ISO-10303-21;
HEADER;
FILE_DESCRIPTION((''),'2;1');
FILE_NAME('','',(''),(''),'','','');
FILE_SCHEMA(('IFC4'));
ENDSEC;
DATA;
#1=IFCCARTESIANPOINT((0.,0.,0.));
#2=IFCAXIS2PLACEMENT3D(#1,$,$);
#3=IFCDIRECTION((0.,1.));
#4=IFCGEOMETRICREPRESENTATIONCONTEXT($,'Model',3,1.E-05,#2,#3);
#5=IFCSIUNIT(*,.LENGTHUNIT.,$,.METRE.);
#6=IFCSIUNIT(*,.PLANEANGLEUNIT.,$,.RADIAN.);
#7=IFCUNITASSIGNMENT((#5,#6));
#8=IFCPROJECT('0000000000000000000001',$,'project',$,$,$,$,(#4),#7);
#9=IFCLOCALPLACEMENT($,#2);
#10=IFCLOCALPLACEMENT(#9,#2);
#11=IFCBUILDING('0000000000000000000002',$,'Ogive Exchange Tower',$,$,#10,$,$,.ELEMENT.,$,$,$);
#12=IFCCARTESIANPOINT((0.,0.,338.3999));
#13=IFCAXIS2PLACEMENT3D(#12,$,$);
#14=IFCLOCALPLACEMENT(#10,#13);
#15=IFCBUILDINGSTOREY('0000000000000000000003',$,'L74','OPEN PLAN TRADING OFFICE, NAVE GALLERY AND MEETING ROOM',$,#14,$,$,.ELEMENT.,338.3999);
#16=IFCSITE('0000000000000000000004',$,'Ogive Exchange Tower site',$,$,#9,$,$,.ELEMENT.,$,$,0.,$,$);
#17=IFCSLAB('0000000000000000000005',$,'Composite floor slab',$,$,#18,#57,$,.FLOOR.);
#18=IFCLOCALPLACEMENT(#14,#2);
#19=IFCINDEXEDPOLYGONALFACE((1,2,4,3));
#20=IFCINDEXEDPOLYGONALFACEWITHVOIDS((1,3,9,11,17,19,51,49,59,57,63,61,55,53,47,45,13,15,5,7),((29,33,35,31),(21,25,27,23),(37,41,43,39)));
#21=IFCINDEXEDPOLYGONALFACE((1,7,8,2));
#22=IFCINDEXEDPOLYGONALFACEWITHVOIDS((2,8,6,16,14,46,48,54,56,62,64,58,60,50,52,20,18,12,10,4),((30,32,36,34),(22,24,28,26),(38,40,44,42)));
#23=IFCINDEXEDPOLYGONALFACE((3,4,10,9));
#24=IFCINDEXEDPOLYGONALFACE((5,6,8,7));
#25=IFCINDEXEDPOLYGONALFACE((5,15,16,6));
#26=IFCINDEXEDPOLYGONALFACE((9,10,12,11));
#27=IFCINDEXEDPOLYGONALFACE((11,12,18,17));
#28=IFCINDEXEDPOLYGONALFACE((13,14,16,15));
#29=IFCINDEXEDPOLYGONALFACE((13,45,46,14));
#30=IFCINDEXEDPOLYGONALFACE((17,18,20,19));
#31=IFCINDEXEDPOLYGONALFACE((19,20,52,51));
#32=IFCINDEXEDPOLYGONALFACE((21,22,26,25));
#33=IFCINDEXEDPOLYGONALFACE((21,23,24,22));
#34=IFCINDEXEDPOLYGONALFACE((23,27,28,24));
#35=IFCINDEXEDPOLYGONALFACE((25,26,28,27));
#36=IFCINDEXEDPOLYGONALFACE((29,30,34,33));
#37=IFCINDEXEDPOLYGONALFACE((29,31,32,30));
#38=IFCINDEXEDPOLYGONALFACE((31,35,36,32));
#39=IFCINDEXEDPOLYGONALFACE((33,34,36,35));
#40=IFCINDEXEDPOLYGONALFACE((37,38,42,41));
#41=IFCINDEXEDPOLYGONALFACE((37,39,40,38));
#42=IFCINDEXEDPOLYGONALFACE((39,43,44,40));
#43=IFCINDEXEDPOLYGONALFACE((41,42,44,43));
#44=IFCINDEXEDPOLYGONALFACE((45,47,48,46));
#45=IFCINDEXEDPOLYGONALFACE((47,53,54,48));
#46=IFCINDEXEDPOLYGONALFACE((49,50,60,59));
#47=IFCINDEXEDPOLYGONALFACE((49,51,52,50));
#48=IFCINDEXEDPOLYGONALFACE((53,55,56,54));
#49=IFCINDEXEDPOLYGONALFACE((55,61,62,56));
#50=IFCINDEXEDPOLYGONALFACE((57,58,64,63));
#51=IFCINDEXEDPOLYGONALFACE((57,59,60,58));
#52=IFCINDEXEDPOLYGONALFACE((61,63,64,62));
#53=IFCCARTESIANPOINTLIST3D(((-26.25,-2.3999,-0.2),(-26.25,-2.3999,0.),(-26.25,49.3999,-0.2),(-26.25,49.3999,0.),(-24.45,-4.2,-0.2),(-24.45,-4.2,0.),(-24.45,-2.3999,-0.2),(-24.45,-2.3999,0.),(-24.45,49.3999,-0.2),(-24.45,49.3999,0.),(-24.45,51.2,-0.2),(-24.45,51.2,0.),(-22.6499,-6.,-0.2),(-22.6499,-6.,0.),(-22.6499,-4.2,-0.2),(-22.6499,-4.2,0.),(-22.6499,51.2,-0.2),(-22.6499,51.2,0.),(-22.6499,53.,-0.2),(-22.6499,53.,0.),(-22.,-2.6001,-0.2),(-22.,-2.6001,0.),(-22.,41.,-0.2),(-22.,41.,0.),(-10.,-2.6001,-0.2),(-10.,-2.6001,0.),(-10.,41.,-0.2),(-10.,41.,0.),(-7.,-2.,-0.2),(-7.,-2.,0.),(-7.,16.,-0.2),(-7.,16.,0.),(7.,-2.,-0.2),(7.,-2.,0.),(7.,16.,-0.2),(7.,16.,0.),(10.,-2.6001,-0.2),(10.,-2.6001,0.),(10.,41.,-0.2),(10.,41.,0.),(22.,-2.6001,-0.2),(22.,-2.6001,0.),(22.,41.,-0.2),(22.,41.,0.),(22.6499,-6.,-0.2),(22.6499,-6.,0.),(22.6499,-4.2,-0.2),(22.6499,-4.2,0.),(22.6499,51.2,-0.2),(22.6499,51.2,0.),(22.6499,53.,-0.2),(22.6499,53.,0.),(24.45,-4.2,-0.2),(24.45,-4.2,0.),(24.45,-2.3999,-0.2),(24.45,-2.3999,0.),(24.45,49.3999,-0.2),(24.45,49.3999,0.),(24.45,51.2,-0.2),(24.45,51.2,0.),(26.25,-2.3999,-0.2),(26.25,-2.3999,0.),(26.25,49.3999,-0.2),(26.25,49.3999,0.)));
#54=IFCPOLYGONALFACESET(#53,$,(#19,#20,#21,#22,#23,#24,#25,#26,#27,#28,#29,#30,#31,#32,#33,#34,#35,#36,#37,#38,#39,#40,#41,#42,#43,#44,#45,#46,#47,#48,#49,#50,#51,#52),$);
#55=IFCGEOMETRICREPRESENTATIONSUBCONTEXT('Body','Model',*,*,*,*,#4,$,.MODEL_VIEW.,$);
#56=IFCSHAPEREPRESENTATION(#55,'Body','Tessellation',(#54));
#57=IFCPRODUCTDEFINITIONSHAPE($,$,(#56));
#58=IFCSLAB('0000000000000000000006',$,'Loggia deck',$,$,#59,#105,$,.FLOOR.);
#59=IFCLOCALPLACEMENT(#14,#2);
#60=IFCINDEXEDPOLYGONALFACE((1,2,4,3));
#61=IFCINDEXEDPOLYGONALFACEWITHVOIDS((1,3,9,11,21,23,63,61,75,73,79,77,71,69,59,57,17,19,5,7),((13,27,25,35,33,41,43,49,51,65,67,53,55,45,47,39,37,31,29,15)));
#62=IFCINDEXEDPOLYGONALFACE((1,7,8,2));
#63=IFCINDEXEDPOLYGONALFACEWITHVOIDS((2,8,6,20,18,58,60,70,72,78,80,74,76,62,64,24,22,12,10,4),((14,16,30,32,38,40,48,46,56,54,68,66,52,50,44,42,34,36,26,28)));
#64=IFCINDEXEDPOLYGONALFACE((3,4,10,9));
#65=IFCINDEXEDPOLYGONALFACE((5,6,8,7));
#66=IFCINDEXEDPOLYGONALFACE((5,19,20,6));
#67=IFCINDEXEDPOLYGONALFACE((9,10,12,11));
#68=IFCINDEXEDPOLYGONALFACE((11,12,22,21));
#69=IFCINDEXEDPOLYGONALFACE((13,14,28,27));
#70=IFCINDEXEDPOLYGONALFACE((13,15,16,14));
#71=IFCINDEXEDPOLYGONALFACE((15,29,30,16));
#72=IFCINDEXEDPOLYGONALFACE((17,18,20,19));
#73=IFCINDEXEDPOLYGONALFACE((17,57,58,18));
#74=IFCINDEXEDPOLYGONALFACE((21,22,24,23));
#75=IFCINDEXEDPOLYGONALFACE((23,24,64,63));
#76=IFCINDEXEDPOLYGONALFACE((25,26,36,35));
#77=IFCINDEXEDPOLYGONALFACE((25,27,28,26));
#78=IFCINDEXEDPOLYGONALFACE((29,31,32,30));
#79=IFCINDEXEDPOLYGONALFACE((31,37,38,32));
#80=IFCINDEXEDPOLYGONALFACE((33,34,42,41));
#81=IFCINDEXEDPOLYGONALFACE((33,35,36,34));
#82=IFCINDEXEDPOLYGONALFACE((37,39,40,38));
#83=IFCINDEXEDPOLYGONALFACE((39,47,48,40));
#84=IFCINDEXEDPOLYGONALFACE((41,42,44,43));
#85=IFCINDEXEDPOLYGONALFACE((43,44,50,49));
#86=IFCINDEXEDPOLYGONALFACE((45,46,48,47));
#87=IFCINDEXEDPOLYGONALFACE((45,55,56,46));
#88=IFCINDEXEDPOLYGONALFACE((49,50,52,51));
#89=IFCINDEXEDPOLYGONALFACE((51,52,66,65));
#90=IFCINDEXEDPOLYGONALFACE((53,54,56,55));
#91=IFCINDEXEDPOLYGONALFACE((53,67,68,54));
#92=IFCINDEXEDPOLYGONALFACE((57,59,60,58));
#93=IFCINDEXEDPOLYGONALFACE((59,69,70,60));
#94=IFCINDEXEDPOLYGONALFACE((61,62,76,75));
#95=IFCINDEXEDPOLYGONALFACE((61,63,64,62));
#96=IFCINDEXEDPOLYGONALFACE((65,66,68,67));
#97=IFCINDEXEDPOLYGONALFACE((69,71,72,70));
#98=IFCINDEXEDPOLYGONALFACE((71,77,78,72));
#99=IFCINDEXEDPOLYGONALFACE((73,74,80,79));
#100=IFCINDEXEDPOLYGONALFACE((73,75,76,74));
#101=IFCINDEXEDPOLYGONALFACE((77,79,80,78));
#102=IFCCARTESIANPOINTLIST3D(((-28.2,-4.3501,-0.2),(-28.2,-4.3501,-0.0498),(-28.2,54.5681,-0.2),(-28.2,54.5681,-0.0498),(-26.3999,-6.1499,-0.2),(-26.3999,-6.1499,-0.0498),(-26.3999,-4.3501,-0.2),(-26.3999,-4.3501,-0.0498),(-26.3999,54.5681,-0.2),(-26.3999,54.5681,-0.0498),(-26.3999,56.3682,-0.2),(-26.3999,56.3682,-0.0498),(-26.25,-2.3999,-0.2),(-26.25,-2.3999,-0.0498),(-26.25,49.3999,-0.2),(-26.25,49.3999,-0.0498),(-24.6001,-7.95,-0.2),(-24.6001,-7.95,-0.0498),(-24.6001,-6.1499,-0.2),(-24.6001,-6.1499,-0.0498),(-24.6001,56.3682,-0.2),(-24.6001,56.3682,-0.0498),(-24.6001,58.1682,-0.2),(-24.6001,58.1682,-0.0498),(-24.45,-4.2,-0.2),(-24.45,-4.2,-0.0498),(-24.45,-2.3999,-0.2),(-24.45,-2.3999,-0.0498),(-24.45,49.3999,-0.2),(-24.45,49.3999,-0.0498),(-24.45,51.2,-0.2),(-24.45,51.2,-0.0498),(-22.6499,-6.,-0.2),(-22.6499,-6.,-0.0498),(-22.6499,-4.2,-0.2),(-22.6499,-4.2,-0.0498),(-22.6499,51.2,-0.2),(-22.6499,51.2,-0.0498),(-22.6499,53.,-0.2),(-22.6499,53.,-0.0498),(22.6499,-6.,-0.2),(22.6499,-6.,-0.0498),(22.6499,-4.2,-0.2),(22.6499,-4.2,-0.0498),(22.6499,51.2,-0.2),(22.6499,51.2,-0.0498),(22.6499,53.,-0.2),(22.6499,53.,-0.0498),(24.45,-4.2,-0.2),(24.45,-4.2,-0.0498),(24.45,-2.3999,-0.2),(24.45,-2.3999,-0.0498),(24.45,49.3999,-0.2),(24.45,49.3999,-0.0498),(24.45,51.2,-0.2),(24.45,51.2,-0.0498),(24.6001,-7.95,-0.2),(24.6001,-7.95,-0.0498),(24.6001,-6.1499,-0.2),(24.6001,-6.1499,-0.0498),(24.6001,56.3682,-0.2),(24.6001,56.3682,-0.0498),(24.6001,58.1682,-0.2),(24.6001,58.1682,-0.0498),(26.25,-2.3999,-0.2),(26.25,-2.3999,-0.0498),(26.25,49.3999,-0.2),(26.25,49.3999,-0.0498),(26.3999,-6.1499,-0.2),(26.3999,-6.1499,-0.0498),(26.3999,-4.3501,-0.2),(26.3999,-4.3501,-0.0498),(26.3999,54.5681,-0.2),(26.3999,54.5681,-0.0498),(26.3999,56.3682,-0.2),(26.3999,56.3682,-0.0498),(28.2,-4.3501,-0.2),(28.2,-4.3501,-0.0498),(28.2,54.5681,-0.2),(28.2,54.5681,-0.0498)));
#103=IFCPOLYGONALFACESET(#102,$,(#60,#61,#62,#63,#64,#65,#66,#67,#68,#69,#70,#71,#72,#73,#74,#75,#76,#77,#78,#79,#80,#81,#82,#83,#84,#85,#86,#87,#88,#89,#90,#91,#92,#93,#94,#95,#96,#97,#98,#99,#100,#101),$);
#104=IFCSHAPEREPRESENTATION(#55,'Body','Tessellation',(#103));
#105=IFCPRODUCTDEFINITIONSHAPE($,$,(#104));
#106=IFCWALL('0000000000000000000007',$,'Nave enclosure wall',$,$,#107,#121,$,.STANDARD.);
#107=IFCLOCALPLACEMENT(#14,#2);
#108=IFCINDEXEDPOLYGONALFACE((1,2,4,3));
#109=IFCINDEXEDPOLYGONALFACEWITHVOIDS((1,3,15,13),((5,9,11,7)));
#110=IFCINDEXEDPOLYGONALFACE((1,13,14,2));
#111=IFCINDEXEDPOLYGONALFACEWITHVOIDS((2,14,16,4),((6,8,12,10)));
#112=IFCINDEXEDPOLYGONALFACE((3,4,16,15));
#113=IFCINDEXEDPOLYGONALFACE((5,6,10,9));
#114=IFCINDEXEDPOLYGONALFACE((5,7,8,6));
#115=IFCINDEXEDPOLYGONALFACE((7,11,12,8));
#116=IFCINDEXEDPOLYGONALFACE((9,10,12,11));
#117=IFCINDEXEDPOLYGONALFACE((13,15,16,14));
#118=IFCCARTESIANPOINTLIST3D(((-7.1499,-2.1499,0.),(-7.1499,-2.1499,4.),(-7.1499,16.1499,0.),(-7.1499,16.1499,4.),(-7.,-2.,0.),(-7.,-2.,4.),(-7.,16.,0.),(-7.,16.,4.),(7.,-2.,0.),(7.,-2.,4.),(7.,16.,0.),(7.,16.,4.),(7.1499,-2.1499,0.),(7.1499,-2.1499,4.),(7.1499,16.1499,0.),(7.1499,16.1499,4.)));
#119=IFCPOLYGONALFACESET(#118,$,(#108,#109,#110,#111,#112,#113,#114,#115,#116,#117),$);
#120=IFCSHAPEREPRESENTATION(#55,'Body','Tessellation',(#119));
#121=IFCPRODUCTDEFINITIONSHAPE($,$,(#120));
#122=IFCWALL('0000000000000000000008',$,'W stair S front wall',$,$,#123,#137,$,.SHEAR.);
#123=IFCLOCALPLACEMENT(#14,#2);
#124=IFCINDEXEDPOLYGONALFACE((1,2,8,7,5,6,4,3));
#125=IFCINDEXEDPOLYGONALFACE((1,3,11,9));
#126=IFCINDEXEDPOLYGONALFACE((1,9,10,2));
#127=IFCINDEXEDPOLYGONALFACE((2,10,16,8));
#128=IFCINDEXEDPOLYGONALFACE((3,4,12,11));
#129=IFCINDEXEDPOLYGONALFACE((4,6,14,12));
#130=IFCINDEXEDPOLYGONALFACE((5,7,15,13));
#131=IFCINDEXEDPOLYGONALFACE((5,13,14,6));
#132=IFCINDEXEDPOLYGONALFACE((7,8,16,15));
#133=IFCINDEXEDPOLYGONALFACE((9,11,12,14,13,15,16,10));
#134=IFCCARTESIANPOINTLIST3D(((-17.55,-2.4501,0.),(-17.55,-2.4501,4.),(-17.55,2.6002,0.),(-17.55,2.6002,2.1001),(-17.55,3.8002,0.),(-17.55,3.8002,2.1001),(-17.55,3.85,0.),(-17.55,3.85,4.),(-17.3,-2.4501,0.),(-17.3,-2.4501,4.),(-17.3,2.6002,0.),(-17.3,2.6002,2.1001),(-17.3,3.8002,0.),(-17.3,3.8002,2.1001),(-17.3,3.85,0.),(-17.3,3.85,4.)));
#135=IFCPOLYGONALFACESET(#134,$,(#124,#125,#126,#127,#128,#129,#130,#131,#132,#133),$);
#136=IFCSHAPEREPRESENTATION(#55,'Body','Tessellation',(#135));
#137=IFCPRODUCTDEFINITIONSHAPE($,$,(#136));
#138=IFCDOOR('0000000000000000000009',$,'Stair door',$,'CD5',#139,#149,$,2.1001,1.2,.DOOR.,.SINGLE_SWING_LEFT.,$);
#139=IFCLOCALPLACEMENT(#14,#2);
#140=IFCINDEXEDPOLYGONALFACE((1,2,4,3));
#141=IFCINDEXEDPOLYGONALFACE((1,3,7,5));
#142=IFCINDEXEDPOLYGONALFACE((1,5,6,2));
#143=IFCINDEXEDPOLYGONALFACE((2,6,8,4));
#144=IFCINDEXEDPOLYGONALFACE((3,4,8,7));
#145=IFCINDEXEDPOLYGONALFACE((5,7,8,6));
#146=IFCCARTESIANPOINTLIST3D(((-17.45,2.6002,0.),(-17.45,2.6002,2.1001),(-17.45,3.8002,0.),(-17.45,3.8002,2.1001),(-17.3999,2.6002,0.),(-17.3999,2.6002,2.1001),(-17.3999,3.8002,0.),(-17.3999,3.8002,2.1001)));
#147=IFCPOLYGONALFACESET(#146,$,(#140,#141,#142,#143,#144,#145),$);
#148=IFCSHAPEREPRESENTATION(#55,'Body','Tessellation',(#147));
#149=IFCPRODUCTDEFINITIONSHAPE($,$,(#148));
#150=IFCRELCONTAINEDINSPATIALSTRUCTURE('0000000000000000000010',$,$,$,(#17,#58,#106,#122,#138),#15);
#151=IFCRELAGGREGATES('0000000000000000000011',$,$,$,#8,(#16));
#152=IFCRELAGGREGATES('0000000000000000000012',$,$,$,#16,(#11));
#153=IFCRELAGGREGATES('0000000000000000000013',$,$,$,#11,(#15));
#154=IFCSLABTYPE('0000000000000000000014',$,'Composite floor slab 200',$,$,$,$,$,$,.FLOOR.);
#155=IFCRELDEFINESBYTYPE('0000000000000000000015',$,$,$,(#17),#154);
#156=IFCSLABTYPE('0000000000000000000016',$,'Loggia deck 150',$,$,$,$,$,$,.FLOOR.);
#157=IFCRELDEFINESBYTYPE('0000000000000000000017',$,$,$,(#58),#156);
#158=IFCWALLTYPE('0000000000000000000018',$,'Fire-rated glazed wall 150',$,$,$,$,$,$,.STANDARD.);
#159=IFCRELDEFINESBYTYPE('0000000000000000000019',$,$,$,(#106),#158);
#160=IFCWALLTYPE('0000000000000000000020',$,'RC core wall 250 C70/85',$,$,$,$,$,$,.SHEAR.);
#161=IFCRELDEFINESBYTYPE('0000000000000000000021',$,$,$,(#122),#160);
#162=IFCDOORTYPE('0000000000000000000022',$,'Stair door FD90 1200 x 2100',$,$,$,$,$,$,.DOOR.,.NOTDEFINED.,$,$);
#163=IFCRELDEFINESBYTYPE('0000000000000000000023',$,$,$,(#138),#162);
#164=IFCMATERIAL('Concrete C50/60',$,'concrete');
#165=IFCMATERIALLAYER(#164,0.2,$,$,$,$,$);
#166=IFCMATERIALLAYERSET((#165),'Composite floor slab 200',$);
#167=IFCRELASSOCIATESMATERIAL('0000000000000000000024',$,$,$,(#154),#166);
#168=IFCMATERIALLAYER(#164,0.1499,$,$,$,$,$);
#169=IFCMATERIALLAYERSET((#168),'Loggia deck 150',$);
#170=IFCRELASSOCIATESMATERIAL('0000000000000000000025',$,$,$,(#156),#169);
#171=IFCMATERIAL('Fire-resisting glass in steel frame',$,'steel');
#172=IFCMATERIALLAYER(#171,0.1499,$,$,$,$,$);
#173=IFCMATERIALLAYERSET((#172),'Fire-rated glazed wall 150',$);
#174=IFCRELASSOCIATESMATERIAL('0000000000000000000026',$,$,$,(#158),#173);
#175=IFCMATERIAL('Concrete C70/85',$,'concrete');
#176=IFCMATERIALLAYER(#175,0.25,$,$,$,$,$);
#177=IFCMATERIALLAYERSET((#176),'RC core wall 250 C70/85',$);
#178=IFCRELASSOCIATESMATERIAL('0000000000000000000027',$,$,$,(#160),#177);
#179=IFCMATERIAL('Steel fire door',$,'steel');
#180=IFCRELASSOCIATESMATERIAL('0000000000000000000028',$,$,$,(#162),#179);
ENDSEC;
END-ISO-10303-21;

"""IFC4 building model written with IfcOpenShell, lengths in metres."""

from ifc_helpers import new_model, si_unit, direction, frame, frame_2d, origin, place, context, subcontext, project, spatial, polyline, rectangle, outline, extrude, material, layer, layer_set, type_object, element, fill, save


model = new_model("IFC4")

# Units and contexts
model_context = context("Model", 3, precision=1e-05, world=origin(), true_north=direction((0.0, 1.0)))
body_context = subcontext(model_context, "Body", "Model", "MODEL_VIEW")
ifc_project = project(units=[si_unit("LENGTHUNIT", "METRE"), si_unit("PLANEANGLEUNIT", "RADIAN")], contexts=[model_context])

# Site, building, storey
site_placement = place(None, origin())
site = spatial("IfcSite", under=ifc_project, at=site_placement, Name="Ogive Exchange Tower site", CompositionType="ELEMENT", RefElevation=0.0)
building_placement = place(site_placement, origin())
building = spatial("IfcBuilding", under=site, at=building_placement, Name="Ogive Exchange Tower", CompositionType="ELEMENT")
storey_placement = place(building_placement, frame((0.0, 0.0, 338.3999)))
storey = spatial("IfcBuildingStorey", under=building, at=storey_placement, Name="L74", Description="OPEN PLAN TRADING OFFICE, NAVE GALLERY AND MEETING ROOM", CompositionType="ELEMENT", Elevation=338.3999)

# Slabs
ifc_material_1 = material(Name="Concrete C50/60", Category="concrete")
ifc_layer_1 = layer(ifc_material_1, 0.2)
ifc_layer_set_1 = layer_set([ifc_layer_1], Name="Composite floor slab 200")
slab_type_1 = type_object("IfcSlabType", Name="Composite floor slab 200", PredefinedType="FLOOR", material=ifc_layer_set_1)
slab_1_placement = place(storey_placement, frame((0.0, 0.0, -0.2)))
element("IfcSlab", 1, at=slab_1_placement, inside=storey, type_object=slab_type_1, Name="Composite floor slab", PredefinedType="FLOOR", context=body_context, shape_type="SweptSolid", body=[
    extrude(outline(polyline([(-22.6499, -4.2), (-24.45, -4.2), (-24.45, -2.3999), (-26.25, -2.3999), (-26.25, 49.3999), (-24.45, 49.3999), (-24.45, 51.2), (-22.6499, 51.2), (-22.6499, 53.0), (22.6499, 53.0), (22.6499, 51.2), (24.45, 51.2), (24.45, 49.3999), (26.25, 49.3999), (26.25, -2.3999), (24.45, -2.3999), (24.45, -4.2), (22.6499, -4.2), (22.6499, -6.0), (-22.6499, -6.0), (-22.6499, -4.2)]), holes=[polyline([(7.0, -2.0), (7.0, 16.0), (-7.0, 16.0), (-7.0, -2.0), (7.0, -2.0)]), polyline([(-22.0, -2.6001), (-10.0, -2.6001), (-10.0, 41.0), (-22.0, 41.0), (-22.0, -2.6001)]), polyline([(10.0, -2.6001), (22.0, -2.6001), (22.0, 41.0), (10.0, 41.0), (10.0, -2.6001)])]), origin(), (0.0, 0.0, 1.0), 0.2),
])
ifc_layer_2 = layer(ifc_material_1, 0.1499)
ifc_layer_set_2 = layer_set([ifc_layer_2], Name="Loggia deck 150")
slab_type_2 = type_object("IfcSlabType", Name="Loggia deck 150", PredefinedType="FLOOR", material=ifc_layer_set_2)
slab_2_placement = place(storey_placement, frame((0.0, 0.0, -0.2)))
element("IfcSlab", 2, at=slab_2_placement, inside=storey, type_object=slab_type_2, Name="Loggia deck", PredefinedType="FLOOR", context=body_context, shape_type="SweptSolid", body=[
    extrude(outline(polyline([(-24.6001, -6.1499), (-26.3999, -6.1499), (-26.3999, -4.3501), (-28.2, -4.3501), (-28.2, 54.5681), (-26.3999, 54.5681), (-26.3999, 56.3682), (-24.6001, 56.3682), (-24.6001, 58.1682), (24.6001, 58.1682), (24.6001, 56.3682), (26.3999, 56.3682), (26.3999, 54.5681), (28.2, 54.5681), (28.2, -4.3501), (26.3999, -4.3501), (26.3999, -6.1499), (24.6001, -6.1499), (24.6001, -7.95), (-24.6001, -7.95), (-24.6001, -6.1499)]), holes=[polyline([(22.6499, -4.2), (24.45, -4.2), (24.45, -2.3999), (26.25, -2.3999), (26.25, 49.3999), (24.45, 49.3999), (24.45, 51.2), (22.6499, 51.2), (22.6499, 53.0), (-22.6499, 53.0), (-22.6499, 51.2), (-24.45, 51.2), (-24.45, 49.3999), (-26.25, 49.3999), (-26.25, -2.3999), (-24.45, -2.3999), (-24.45, -4.2), (-22.6499, -4.2), (-22.6499, -6.0), (22.6499, -6.0), (22.6499, -4.2)])]), origin(), (0.0, 0.0, 1.0), 0.1501),
])

# Wall
ifc_material_2 = material(Name="Fire-resisting glass in steel frame", Category="steel")
ifc_layer_3 = layer(ifc_material_2, 0.1499)
ifc_layer_set_3 = layer_set([ifc_layer_3], Name="Fire-rated glazed wall 150")
wall_type_1 = type_object("IfcWallType", Name="Fire-rated glazed wall 150", PredefinedType="STANDARD", material=ifc_layer_set_3)
wall_1_placement = place(storey_placement, origin())
element("IfcWall", 3, at=wall_1_placement, inside=storey, type_object=wall_type_1, Name="Nave enclosure wall", PredefinedType="STANDARD", context=body_context, shape_type="SweptSolid", body=[
    extrude(outline(polyline([(-7.1499, -2.1499), (7.1499, -2.1499), (7.1499, 16.1499), (-7.1499, 16.1499), (-7.1499, -2.1499)]), holes=[polyline([(-7.0, -2.0), (-7.0, 16.0), (7.0, 16.0), (7.0, -2.0), (-7.0, -2.0)])]), origin(), (0.0, 0.0, 1.0), 4.0),
])

# Wall, opening, door
ifc_material_3 = material(Name="Concrete C70/85", Category="concrete")
ifc_layer_4 = layer(ifc_material_3, 0.25)
ifc_layer_set_4 = layer_set([ifc_layer_4], Name="RC core wall 250 C70/85")
wall_type_2 = type_object("IfcWallType", Name="RC core wall 250 C70/85", PredefinedType="SHEAR", material=ifc_layer_set_4)
wall_2_placement = place(storey_placement, frame((-17.425, -2.45, 0.0), z_axis=(0.0, 0.0, 1.0), x_axis=(0.0, 1.0, 0.0)))
wall_2 = element("IfcWall", 4, at=wall_2_placement, inside=storey, type_object=wall_type_2, Name="W stair S front wall", PredefinedType="SHEAR", context=body_context, shape_type="SweptSolid", body=[
    extrude(rectangle(XDim=6.3, YDim=0.25, at=frame_2d((3.1499, 0.0))), origin(), (0.0, 0.0, 1.0), 4.0),
])
opening_1_placement = place(wall_2_placement, frame((5.05, 0.0, 0.0)))
opening_1 = element("IfcOpeningElement", 5, at=opening_1_placement, cuts=wall_2, PredefinedType="OPENING", context=body_context, shape_type="SweptSolid", body=[
    extrude(rectangle(XDim=1.2, YDim=2.1001, at=frame_2d((0.6001, 1.05))), frame((0.0, 0.135, 0.0), z_axis=(0.0, -1.0, 0.0), x_axis=(1.0, 0.0, 0.0)), (0.0, 0.0, 1.0), 0.27),
])
ifc_material_4 = material(Name="Steel fire door", Category="steel")
door_type_1 = type_object("IfcDoorType", Name="Stair door FD90 1200 x 2100", OperationType="NOTDEFINED", PredefinedType="DOOR", material=ifc_material_4)
door_1_placement = place(opening_1_placement, origin())
door_1 = element("IfcDoor", 6, at=door_1_placement, inside=storey, type_object=door_type_1, Name="Stair door", ObjectType="CD5", OperationType="SINGLE_SWING_LEFT", OverallHeight=2.1001, OverallWidth=1.2, PredefinedType="DOOR", context=body_context, shape_type="SweptSolid", body=[
    extrude(rectangle(XDim=1.2, YDim=2.1001, at=frame_2d((0.6001, 1.05))), frame((0.0, 0.0249, 0.0), z_axis=(0.0, -1.0, 0.0), x_axis=(1.0, 0.0, 0.0)), (0.0, 0.0, 1.0), 0.05),
])
fill(opening_1, door_1)

save(model, "model.ifc")
